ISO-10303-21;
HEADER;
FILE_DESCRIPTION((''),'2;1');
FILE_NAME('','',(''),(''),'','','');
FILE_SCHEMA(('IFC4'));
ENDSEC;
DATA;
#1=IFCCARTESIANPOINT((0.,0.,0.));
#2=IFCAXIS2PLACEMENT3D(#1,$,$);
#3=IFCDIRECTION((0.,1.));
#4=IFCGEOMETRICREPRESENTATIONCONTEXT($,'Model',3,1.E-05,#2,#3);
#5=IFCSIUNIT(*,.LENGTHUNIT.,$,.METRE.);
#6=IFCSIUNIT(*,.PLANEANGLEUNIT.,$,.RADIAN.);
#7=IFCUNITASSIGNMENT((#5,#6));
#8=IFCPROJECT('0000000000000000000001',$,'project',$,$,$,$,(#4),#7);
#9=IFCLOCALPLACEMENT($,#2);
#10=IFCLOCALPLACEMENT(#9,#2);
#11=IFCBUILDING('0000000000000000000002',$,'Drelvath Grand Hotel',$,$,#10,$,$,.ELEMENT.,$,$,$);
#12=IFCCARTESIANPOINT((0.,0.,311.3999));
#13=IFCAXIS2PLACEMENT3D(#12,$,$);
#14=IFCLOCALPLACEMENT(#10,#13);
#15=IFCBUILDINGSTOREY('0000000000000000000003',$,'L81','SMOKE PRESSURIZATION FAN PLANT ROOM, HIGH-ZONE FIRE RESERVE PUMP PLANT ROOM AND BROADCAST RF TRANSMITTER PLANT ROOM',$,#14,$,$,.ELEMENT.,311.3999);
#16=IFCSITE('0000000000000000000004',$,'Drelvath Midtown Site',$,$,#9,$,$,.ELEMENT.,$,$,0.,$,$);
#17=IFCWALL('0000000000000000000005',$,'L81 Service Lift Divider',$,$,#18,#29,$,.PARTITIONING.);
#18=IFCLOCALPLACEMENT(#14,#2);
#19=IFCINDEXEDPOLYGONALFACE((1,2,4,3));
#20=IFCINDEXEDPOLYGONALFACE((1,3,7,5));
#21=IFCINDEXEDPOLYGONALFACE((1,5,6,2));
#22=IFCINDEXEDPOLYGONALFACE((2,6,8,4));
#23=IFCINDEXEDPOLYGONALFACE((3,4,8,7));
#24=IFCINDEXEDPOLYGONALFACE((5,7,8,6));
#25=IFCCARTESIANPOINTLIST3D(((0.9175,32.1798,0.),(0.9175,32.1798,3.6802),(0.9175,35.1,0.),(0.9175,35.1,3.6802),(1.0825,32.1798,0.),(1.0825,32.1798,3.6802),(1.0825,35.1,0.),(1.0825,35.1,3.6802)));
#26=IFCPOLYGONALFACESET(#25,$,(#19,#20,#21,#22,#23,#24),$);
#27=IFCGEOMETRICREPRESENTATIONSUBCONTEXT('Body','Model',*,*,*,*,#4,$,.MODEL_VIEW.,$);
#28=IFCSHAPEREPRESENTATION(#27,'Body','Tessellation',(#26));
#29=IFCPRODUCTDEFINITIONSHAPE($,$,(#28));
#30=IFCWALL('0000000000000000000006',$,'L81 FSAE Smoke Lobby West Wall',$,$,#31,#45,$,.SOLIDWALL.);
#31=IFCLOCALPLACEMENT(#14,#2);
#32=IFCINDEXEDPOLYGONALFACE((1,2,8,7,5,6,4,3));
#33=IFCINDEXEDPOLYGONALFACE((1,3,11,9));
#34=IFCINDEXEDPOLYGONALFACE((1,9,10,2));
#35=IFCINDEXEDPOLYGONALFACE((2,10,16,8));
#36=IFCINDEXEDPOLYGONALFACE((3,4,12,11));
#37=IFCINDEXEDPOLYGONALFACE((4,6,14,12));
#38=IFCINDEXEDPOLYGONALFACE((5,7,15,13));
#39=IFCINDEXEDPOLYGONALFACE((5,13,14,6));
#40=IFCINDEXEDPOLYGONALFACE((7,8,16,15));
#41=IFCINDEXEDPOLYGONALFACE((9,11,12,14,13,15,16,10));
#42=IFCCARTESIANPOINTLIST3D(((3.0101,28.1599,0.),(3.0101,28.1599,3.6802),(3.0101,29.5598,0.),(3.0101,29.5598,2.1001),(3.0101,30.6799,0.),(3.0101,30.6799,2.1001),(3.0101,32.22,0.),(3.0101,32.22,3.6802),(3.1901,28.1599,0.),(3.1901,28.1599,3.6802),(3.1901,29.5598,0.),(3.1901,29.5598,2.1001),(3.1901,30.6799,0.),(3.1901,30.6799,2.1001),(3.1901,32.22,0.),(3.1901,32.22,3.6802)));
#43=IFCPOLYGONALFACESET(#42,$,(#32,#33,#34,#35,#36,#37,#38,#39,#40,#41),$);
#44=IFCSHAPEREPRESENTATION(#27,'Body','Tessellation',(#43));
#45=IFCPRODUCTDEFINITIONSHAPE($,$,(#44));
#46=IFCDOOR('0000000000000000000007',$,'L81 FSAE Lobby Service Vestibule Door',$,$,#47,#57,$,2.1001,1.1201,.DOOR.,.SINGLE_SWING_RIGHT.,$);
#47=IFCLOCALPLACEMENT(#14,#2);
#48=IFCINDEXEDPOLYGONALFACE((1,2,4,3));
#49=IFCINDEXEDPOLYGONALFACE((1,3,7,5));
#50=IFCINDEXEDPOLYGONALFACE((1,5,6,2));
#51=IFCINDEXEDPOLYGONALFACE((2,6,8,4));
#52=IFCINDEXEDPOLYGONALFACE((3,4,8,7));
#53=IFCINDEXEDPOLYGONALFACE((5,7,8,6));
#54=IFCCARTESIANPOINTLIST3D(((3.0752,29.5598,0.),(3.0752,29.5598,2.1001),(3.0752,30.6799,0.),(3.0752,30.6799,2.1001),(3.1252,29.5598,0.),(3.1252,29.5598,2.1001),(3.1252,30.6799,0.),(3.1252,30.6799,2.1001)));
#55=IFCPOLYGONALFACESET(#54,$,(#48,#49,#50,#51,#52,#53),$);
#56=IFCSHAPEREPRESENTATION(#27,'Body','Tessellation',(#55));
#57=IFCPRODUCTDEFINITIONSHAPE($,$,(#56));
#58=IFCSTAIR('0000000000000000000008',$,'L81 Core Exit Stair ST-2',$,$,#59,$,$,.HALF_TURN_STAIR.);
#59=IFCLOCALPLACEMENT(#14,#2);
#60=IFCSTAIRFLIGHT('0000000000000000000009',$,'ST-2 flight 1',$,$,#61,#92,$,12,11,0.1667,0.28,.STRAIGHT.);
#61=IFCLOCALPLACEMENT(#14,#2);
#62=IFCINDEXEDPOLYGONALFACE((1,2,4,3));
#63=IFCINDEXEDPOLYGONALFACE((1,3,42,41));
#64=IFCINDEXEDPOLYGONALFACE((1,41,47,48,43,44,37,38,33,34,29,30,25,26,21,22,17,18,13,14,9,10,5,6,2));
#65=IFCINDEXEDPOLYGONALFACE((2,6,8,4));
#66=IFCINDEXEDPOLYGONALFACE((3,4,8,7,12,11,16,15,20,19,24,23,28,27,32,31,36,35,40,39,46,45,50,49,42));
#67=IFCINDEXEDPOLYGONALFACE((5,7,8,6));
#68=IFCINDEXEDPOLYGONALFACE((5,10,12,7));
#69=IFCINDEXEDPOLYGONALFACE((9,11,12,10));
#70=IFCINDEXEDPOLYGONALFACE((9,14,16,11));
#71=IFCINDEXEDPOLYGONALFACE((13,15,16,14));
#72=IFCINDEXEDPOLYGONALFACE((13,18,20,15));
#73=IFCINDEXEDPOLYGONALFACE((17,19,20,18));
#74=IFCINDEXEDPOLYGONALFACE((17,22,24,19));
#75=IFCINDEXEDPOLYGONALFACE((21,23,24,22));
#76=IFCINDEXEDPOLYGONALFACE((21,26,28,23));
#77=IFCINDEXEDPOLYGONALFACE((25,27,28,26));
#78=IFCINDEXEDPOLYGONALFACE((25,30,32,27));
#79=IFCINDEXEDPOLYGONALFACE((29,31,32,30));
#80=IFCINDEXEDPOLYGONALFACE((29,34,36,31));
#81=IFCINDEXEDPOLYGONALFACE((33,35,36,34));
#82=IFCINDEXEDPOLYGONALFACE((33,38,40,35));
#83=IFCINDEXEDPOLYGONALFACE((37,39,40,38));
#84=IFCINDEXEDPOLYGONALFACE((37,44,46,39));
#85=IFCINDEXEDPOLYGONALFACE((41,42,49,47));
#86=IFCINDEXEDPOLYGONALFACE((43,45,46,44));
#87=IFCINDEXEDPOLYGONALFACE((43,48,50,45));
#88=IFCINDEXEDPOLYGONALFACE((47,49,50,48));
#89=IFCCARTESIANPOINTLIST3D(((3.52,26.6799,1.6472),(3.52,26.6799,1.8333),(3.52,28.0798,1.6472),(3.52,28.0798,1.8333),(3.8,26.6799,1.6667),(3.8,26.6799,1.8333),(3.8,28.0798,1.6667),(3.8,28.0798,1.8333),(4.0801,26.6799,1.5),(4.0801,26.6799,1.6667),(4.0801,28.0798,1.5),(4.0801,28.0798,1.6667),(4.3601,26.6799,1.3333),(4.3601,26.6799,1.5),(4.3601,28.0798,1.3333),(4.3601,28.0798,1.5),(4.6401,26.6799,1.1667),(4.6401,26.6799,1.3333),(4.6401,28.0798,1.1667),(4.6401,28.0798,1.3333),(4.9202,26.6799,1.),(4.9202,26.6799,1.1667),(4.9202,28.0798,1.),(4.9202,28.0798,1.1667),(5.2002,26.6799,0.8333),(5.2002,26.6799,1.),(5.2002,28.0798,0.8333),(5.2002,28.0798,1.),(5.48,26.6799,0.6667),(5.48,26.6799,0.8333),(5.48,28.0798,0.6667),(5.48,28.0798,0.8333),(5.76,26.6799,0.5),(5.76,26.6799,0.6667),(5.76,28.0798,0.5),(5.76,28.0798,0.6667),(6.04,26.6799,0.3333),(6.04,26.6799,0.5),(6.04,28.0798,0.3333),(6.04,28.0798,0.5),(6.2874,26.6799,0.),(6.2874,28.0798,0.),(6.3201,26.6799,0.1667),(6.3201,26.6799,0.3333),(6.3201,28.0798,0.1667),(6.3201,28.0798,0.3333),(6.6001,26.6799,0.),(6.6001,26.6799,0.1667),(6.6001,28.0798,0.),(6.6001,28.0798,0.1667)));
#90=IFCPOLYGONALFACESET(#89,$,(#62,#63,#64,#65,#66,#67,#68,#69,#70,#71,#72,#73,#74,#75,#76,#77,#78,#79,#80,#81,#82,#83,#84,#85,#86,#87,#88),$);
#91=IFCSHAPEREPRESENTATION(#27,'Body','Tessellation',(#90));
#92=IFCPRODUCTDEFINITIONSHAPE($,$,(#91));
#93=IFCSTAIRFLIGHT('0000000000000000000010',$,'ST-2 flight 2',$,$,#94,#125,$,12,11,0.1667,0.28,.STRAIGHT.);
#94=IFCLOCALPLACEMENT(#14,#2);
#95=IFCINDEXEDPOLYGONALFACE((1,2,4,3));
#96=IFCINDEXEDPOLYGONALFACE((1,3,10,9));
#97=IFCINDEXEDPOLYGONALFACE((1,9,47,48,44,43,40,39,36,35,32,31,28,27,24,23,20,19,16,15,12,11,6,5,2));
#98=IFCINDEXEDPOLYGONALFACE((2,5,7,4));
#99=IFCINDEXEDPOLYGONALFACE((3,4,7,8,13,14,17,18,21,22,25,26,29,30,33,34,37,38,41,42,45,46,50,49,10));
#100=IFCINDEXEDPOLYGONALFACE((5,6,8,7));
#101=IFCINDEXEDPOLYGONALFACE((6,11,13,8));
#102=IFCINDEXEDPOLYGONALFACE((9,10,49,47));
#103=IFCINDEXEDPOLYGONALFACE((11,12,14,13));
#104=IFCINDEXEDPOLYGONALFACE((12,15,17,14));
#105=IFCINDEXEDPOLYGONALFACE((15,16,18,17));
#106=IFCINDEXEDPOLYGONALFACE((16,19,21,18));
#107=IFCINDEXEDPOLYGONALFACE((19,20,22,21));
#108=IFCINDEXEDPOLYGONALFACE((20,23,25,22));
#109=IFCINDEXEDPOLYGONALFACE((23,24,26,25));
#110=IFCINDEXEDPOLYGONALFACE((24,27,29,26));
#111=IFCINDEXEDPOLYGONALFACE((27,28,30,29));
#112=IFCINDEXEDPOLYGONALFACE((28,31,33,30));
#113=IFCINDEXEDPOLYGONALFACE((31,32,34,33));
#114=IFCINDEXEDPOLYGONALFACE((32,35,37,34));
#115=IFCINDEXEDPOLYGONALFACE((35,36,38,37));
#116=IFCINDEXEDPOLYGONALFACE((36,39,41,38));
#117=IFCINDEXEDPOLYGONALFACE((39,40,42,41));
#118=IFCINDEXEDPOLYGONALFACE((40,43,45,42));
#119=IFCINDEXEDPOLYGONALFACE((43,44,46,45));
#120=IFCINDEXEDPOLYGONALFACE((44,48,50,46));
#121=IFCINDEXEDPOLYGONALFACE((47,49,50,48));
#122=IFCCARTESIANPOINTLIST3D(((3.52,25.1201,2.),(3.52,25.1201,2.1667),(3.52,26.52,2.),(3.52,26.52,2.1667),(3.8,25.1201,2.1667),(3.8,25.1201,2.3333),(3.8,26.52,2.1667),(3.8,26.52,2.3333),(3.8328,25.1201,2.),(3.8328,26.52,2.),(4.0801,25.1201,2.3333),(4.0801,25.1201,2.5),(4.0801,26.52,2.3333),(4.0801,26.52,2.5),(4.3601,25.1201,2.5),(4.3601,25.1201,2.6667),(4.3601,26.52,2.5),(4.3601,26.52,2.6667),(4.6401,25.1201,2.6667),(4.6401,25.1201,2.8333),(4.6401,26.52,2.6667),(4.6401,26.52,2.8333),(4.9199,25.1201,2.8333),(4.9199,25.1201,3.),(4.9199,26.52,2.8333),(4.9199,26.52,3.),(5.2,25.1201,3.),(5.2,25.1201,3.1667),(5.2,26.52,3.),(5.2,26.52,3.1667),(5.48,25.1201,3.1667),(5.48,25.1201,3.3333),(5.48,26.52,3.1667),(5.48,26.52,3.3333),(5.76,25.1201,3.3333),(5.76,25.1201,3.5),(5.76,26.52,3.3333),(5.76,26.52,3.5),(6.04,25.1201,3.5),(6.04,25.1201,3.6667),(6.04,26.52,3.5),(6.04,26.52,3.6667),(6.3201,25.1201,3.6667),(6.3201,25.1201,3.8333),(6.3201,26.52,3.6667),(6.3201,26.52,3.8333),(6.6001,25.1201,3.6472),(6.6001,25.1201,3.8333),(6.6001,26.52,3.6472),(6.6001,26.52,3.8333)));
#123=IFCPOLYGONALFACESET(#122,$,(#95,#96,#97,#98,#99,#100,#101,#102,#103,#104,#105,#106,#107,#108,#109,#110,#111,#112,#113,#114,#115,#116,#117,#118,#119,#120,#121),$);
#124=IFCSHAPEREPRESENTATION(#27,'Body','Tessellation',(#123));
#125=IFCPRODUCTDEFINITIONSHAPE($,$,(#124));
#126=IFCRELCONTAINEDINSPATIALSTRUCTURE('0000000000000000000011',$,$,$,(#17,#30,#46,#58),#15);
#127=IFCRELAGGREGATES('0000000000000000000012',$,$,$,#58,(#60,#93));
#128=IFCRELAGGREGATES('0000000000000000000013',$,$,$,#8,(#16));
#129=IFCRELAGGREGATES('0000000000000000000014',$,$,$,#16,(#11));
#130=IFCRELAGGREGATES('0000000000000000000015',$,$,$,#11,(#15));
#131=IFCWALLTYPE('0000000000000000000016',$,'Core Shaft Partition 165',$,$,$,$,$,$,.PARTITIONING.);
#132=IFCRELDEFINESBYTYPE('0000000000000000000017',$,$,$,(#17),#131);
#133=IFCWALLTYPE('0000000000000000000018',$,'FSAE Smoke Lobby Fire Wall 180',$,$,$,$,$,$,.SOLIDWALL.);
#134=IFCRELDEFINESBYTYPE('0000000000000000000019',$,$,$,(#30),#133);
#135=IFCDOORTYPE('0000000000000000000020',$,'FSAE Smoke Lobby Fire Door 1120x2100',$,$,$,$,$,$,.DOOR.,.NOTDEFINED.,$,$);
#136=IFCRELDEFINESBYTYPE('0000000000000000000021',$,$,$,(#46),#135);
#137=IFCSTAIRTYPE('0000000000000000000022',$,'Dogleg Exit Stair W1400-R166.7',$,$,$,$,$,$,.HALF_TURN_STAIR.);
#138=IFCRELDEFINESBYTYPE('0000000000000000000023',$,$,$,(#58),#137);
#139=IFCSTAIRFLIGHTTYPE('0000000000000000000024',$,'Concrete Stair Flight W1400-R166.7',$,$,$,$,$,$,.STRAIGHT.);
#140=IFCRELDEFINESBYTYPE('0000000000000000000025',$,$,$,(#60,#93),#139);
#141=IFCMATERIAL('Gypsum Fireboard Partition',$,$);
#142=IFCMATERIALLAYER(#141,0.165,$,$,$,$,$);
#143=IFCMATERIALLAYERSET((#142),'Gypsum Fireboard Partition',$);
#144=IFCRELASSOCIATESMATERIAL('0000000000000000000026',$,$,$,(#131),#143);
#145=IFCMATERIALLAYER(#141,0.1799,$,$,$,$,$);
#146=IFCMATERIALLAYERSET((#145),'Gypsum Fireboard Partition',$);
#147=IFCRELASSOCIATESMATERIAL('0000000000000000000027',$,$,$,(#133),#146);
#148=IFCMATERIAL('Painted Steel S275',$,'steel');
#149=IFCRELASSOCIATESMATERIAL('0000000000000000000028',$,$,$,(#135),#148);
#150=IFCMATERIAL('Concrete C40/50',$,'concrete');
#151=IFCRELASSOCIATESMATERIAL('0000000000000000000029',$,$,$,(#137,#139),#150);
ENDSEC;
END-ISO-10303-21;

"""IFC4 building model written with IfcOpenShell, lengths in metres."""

from ifc_helpers import new_model, si_unit, direction, frame, frame_2d, origin, place, context, subcontext, project, spatial, polyline, rectangle, outline, extrude, material, layer, layer_set, type_object, element, fill, aggregate, save


model = new_model("IFC4")

# Units and contexts
model_context = context("Model", 3, precision=1e-05, world=origin(), true_north=direction((0.0, 1.0)))
body_context = subcontext(model_context, "Body", "Model", "MODEL_VIEW")
ifc_project = project(units=[si_unit("LENGTHUNIT", "METRE"), si_unit("PLANEANGLEUNIT", "RADIAN")], contexts=[model_context])

# Site, building, storey
site_placement = place(None, origin())
site = spatial("IfcSite", under=ifc_project, at=site_placement, Name="Drelvath Midtown Site", CompositionType="ELEMENT", RefElevation=0.0)
building_placement = place(site_placement, origin())
building = spatial("IfcBuilding", under=site, at=building_placement, Name="Drelvath Grand Hotel", CompositionType="ELEMENT")
storey_placement = place(building_placement, frame((0.0, 0.0, 311.3999)))
storey = spatial("IfcBuildingStorey", under=building, at=storey_placement, Name="L81", Description="SMOKE PRESSURIZATION FAN PLANT ROOM, HIGH-ZONE FIRE RESERVE PUMP PLANT ROOM AND BROADCAST RF TRANSMITTER PLANT ROOM", CompositionType="ELEMENT", Elevation=311.3999)

# Shared definitions
ifc_material_1 = material(Name="Concrete C40/50", Category="concrete")
ifc_material_2 = material(Name="Painted Steel S275", Category="steel")

# Wall
ifc_material_3 = material(Name="Gypsum Fireboard Partition")
ifc_layer_1 = layer(ifc_material_3, 0.165)
ifc_layer_set_1 = layer_set([ifc_layer_1], Name="Gypsum Fireboard Partition")
wall_type_1 = type_object("IfcWallType", Name="Core Shaft Partition 165", PredefinedType="PARTITIONING", material=ifc_layer_set_1)
wall_1_placement = place(storey_placement, frame((1.0, 32.1799, 0.0), z_axis=(0.0, 0.0, 1.0), x_axis=(0.0, 1.0, 0.0)))
element("IfcWall", 1, at=wall_1_placement, inside=storey, type_object=wall_type_1, Name="L81 Service Lift Divider", PredefinedType="PARTITIONING", context=body_context, shape_type="SweptSolid", body=[
    extrude(rectangle(XDim=2.9202, YDim=0.165, at=frame_2d((1.46, 0.0))), origin(), (0.0, 0.0, 1.0), 3.6802),
])

# Wall, opening, door
ifc_layer_2 = layer(ifc_material_3, 0.1799)
ifc_layer_set_2 = layer_set([ifc_layer_2], Name="Gypsum Fireboard Partition")
wall_type_2 = type_object("IfcWallType", Name="FSAE Smoke Lobby Fire Wall 180", PredefinedType="SOLIDWALL", material=ifc_layer_set_2)
wall_2_placement = place(storey_placement, frame((3.1001, 28.1599, 0.0), z_axis=(0.0, 0.0, 1.0), x_axis=(0.0, 1.0, 0.0)))
wall_2 = element("IfcWall", 2, at=wall_2_placement, inside=storey, type_object=wall_type_2, Name="L81 FSAE Smoke Lobby West Wall", PredefinedType="SOLIDWALL", context=body_context, shape_type="SweptSolid", body=[
    extrude(rectangle(XDim=4.0601, YDim=0.1799, at=frame_2d((2.03, 0.0))), origin(), (0.0, 0.0, 1.0), 3.6802),
])
opening_1_placement = place(wall_2_placement, frame((1.3999, 0.0, 0.0)))
opening_1 = element("IfcOpeningElement", 3, at=opening_1_placement, cuts=wall_2, PredefinedType="OPENING", context=body_context, shape_type="SweptSolid", body=[
    extrude(rectangle(XDim=1.1201, YDim=2.1001, at=frame_2d((0.5601, 1.05))), frame((0.0, 0.0999, 0.0), z_axis=(0.0, -1.0, 0.0), x_axis=(1.0, 0.0, 0.0)), (0.0, 0.0, 1.0), 0.2),
])
door_type_1 = type_object("IfcDoorType", Name="FSAE Smoke Lobby Fire Door 1120x2100", OperationType="NOTDEFINED", PredefinedType="DOOR", material=ifc_material_2)
door_1_placement = place(opening_1_placement, origin())
door_1 = element("IfcDoor", 4, at=door_1_placement, inside=storey, type_object=door_type_1, Name="L81 FSAE Lobby Service Vestibule Door", OperationType="SINGLE_SWING_RIGHT", OverallHeight=2.1001, OverallWidth=1.1201, PredefinedType="DOOR", context=body_context, shape_type="SweptSolid", body=[
    extrude(rectangle(XDim=1.1201, YDim=2.1001, at=frame_2d((0.5601, 1.05))), frame((0.0, 0.0249, 0.0), z_axis=(0.0, -1.0, 0.0), x_axis=(1.0, 0.0, 0.0)), (0.0, 0.0, 1.0), 0.05),
])
fill(opening_1, door_1)

# Stair, stair flights
stair_type = type_object("IfcStairType", Name="Dogleg Exit Stair W1400-R166.7", PredefinedType="HALF_TURN_STAIR", material=ifc_material_1)
stair_placement = place(storey_placement, origin())
stair = element("IfcStair", 5, at=stair_placement, inside=storey, type_object=stair_type, Name="L81 Core Exit Stair ST-2", PredefinedType="HALF_TURN_STAIR")
stair_flight_type = type_object("IfcStairFlightType", Name="Concrete Stair Flight W1400-R166.7", PredefinedType="STRAIGHT", material=ifc_material_1)
stair_flight_1_placement = place(storey_placement, frame((6.6001, 27.3799, 0.0), z_axis=(0.0, 0.0, 1.0), x_axis=(-1.0, 0.0, 0.0)))
stair_flight_1 = element("IfcStairFlight", 6, at=stair_flight_1_placement, type_object=stair_flight_type, Name="ST-2 flight 1", NumberOfRisers=12, NumberOfTreads=11, PredefinedType="STRAIGHT", RiserHeight=0.1667, TreadLength=0.28, context=body_context, shape_type="SweptSolid", body=[
    extrude(outline(polyline([(0.0, 0.0), (0.0, 0.1667), (0.28, 0.1667), (0.28, 0.3333), (0.5601, 0.3333), (0.5601, 0.5), (0.8401, 0.5), (0.8401, 0.6667), (1.1201, 0.6667), (1.1201, 0.8333), (1.3999, 0.8333), (1.3999, 1.0), (1.6799, 1.0), (1.6799, 1.1667), (1.96, 1.1667), (1.96, 1.3333), (2.24, 1.3333), (2.24, 1.5), (2.52, 1.5), (2.52, 1.6667), (2.8, 1.6667), (2.8, 1.8333), (3.0801, 1.8333), (3.0801, 2.0), (3.0801, 1.6472), (0.3127, 0.0), (0.0, 0.0)])), frame((0.0, 0.7, 0.0), z_axis=(0.0, -1.0, 0.0), x_axis=(1.0, 0.0, 0.0)), (0.0, 0.0, 1.0), 1.3999),
])
stair_flight_2_placement = place(storey_placement, frame((3.52, 25.8201, 2.0), z_axis=(0.0, 0.0, 1.0), x_axis=(1.0, 0.0, 0.0)))
stair_flight_2 = element("IfcStairFlight", 7, at=stair_flight_2_placement, type_object=stair_flight_type, Name="ST-2 flight 2", NumberOfRisers=12, NumberOfTreads=11, PredefinedType="STRAIGHT", RiserHeight=0.1667, TreadLength=0.28, context=body_context, shape_type="SweptSolid", body=[
    extrude(outline(polyline([(0.0, 0.0), (0.0, 0.1667), (0.28, 0.1667), (0.28, 0.3333), (0.5601, 0.3333), (0.5601, 0.5), (0.8401, 0.5), (0.8401, 0.6667), (1.1201, 0.6667), (1.1201, 0.8333), (1.3999, 0.8333), (1.3999, 1.0), (1.6799, 1.0), (1.6799, 1.1667), (1.96, 1.1667), (1.96, 1.3333), (2.24, 1.3333), (2.24, 1.5), (2.52, 1.5), (2.52, 1.6667), (2.8, 1.6667), (2.8, 1.8333), (3.0801, 1.8333), (3.0801, 2.0), (3.0801, 1.6472), (0.3127, 0.0), (0.0, 0.0)])), frame((0.0, 0.7, 0.0), z_axis=(0.0, -1.0, 0.0), x_axis=(1.0, 0.0, 0.0)), (0.0, 0.0, 1.0), 1.3999),
])
aggregate(stair, [stair_flight_1, stair_flight_2])

save(model, "model.ifc")
